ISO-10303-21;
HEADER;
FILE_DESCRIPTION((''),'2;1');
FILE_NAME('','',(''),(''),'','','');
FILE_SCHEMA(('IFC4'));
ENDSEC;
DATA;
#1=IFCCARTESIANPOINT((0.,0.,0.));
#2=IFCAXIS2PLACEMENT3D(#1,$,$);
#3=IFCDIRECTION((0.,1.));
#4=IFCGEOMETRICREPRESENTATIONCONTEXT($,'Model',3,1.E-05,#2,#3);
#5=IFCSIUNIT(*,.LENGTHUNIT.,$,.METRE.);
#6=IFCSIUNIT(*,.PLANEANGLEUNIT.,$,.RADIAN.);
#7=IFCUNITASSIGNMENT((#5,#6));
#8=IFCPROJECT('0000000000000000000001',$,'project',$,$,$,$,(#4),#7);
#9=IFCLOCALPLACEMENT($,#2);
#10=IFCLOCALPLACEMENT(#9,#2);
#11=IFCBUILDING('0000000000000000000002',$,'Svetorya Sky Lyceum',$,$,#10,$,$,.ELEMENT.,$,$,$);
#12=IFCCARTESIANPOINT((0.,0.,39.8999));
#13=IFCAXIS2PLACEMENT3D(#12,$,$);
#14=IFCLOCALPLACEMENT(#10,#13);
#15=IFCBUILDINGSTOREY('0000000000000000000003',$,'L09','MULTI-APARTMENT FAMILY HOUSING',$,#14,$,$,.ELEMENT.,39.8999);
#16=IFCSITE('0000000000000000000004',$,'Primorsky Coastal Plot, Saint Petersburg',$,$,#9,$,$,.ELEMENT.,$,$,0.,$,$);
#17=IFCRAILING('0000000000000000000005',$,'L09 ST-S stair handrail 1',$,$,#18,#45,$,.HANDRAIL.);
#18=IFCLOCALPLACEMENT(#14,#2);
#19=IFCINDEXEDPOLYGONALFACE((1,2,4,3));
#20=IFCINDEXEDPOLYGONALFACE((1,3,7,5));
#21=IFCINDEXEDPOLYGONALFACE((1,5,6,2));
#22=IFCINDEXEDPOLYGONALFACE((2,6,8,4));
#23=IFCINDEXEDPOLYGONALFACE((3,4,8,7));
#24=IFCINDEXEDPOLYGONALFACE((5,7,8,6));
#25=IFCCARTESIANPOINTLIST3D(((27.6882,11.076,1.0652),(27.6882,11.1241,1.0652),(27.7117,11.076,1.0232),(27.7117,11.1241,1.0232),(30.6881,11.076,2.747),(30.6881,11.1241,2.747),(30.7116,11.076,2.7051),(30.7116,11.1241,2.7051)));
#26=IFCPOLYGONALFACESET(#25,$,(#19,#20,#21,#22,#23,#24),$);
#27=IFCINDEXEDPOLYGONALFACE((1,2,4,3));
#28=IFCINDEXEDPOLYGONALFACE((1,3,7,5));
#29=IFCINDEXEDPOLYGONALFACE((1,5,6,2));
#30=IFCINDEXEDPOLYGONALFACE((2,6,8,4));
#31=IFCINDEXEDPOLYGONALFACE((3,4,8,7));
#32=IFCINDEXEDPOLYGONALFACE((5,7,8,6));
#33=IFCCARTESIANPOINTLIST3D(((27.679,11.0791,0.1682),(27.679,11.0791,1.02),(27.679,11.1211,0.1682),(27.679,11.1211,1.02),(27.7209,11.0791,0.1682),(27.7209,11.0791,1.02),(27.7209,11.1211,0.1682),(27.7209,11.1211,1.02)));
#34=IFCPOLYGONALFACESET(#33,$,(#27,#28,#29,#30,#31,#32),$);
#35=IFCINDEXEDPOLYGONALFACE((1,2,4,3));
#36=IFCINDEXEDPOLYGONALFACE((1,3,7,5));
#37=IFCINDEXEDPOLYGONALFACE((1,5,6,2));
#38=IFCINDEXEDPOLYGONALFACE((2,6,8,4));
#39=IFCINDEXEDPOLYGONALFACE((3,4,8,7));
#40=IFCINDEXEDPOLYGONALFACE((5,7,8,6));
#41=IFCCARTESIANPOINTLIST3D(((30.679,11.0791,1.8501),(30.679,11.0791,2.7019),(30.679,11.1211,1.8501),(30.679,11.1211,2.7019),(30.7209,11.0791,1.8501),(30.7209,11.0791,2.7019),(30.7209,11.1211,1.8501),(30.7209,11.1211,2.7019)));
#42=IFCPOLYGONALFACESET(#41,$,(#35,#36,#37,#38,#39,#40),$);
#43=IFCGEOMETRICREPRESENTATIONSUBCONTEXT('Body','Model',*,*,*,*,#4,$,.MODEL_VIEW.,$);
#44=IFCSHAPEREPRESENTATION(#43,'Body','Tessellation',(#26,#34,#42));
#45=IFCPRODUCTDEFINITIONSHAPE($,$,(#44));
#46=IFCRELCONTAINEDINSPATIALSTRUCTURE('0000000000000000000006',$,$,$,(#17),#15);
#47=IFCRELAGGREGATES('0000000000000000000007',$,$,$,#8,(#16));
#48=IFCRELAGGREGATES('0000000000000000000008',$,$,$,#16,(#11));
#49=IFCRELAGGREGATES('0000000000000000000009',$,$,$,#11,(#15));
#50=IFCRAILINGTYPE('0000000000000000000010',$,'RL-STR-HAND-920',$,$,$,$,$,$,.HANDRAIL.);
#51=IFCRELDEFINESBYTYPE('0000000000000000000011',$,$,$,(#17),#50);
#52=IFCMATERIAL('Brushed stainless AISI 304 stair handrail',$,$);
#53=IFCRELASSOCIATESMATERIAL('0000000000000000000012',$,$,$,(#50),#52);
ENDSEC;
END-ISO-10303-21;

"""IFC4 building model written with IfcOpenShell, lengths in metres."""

from ifc_helpers import new_model, si_unit, direction, frame, origin, origin_2d, place, context, subcontext, project, spatial, rectangle, extrude, material, type_object, element, save


model = new_model("IFC4")

# Units and contexts
model_context = context("Model", 3, precision=1e-05, world=origin(), true_north=direction((0.0, 1.0)))
body_context = subcontext(model_context, "Body", "Model", "MODEL_VIEW")
ifc_project = project(units=[si_unit("LENGTHUNIT", "METRE"), si_unit("PLANEANGLEUNIT", "RADIAN")], contexts=[model_context])

# Site, building, storey
site_placement = place(None, origin())
site = spatial("IfcSite", under=ifc_project, at=site_placement, Name="Primorsky Coastal Plot, Saint Petersburg", CompositionType="ELEMENT", RefElevation=0.0)
building_placement = place(site_placement, origin())
building = spatial("IfcBuilding", under=site, at=building_placement, Name="Svetorya Sky Lyceum", CompositionType="ELEMENT")
storey_placement = place(building_placement, frame((0.0, 0.0, 39.8999)))
storey = spatial("IfcBuildingStorey", under=building, at=storey_placement, Name="L09", Description="MULTI-APARTMENT FAMILY HOUSING", CompositionType="ELEMENT", Elevation=39.8999)

# Railing
ifc_material_1 = material(Name="Brushed stainless AISI 304 stair handrail")
railing_type_1 = type_object("IfcRailingType", Name="RL-STR-HAND-920", PredefinedType="HANDRAIL", material=ifc_material_1)
railing_1_placement = place(storey_placement, frame((27.7, 11.1001, 0.1682)))
element("IfcRailing", 1, at=railing_1_placement, inside=storey, type_object=railing_type_1, Name="L09 ST-S stair handrail 1", PredefinedType="HANDRAIL", context=body_context, shape_type="SweptSolid", body=[
    extrude(rectangle(XDim=0.0481, YDim=0.0481, at=origin_2d()), frame((0.0, 0.0, 0.876), z_axis=(0.872272, 0.0, 0.48902), x_axis=(0.0, 1.0, 0.0)), (0.0, 0.0, 1.0), 3.4392),
    extrude(rectangle(XDim=0.042, YDim=0.042, at=origin_2d()), origin(), (0.0, 0.0, 1.0), 0.8518),
    extrude(rectangle(XDim=0.042, YDim=0.042, at=origin_2d()), frame((3.0, 0.0, 1.6819)), (0.0, 0.0, 1.0), 0.8518),
])

save(model, "model.ifc")
